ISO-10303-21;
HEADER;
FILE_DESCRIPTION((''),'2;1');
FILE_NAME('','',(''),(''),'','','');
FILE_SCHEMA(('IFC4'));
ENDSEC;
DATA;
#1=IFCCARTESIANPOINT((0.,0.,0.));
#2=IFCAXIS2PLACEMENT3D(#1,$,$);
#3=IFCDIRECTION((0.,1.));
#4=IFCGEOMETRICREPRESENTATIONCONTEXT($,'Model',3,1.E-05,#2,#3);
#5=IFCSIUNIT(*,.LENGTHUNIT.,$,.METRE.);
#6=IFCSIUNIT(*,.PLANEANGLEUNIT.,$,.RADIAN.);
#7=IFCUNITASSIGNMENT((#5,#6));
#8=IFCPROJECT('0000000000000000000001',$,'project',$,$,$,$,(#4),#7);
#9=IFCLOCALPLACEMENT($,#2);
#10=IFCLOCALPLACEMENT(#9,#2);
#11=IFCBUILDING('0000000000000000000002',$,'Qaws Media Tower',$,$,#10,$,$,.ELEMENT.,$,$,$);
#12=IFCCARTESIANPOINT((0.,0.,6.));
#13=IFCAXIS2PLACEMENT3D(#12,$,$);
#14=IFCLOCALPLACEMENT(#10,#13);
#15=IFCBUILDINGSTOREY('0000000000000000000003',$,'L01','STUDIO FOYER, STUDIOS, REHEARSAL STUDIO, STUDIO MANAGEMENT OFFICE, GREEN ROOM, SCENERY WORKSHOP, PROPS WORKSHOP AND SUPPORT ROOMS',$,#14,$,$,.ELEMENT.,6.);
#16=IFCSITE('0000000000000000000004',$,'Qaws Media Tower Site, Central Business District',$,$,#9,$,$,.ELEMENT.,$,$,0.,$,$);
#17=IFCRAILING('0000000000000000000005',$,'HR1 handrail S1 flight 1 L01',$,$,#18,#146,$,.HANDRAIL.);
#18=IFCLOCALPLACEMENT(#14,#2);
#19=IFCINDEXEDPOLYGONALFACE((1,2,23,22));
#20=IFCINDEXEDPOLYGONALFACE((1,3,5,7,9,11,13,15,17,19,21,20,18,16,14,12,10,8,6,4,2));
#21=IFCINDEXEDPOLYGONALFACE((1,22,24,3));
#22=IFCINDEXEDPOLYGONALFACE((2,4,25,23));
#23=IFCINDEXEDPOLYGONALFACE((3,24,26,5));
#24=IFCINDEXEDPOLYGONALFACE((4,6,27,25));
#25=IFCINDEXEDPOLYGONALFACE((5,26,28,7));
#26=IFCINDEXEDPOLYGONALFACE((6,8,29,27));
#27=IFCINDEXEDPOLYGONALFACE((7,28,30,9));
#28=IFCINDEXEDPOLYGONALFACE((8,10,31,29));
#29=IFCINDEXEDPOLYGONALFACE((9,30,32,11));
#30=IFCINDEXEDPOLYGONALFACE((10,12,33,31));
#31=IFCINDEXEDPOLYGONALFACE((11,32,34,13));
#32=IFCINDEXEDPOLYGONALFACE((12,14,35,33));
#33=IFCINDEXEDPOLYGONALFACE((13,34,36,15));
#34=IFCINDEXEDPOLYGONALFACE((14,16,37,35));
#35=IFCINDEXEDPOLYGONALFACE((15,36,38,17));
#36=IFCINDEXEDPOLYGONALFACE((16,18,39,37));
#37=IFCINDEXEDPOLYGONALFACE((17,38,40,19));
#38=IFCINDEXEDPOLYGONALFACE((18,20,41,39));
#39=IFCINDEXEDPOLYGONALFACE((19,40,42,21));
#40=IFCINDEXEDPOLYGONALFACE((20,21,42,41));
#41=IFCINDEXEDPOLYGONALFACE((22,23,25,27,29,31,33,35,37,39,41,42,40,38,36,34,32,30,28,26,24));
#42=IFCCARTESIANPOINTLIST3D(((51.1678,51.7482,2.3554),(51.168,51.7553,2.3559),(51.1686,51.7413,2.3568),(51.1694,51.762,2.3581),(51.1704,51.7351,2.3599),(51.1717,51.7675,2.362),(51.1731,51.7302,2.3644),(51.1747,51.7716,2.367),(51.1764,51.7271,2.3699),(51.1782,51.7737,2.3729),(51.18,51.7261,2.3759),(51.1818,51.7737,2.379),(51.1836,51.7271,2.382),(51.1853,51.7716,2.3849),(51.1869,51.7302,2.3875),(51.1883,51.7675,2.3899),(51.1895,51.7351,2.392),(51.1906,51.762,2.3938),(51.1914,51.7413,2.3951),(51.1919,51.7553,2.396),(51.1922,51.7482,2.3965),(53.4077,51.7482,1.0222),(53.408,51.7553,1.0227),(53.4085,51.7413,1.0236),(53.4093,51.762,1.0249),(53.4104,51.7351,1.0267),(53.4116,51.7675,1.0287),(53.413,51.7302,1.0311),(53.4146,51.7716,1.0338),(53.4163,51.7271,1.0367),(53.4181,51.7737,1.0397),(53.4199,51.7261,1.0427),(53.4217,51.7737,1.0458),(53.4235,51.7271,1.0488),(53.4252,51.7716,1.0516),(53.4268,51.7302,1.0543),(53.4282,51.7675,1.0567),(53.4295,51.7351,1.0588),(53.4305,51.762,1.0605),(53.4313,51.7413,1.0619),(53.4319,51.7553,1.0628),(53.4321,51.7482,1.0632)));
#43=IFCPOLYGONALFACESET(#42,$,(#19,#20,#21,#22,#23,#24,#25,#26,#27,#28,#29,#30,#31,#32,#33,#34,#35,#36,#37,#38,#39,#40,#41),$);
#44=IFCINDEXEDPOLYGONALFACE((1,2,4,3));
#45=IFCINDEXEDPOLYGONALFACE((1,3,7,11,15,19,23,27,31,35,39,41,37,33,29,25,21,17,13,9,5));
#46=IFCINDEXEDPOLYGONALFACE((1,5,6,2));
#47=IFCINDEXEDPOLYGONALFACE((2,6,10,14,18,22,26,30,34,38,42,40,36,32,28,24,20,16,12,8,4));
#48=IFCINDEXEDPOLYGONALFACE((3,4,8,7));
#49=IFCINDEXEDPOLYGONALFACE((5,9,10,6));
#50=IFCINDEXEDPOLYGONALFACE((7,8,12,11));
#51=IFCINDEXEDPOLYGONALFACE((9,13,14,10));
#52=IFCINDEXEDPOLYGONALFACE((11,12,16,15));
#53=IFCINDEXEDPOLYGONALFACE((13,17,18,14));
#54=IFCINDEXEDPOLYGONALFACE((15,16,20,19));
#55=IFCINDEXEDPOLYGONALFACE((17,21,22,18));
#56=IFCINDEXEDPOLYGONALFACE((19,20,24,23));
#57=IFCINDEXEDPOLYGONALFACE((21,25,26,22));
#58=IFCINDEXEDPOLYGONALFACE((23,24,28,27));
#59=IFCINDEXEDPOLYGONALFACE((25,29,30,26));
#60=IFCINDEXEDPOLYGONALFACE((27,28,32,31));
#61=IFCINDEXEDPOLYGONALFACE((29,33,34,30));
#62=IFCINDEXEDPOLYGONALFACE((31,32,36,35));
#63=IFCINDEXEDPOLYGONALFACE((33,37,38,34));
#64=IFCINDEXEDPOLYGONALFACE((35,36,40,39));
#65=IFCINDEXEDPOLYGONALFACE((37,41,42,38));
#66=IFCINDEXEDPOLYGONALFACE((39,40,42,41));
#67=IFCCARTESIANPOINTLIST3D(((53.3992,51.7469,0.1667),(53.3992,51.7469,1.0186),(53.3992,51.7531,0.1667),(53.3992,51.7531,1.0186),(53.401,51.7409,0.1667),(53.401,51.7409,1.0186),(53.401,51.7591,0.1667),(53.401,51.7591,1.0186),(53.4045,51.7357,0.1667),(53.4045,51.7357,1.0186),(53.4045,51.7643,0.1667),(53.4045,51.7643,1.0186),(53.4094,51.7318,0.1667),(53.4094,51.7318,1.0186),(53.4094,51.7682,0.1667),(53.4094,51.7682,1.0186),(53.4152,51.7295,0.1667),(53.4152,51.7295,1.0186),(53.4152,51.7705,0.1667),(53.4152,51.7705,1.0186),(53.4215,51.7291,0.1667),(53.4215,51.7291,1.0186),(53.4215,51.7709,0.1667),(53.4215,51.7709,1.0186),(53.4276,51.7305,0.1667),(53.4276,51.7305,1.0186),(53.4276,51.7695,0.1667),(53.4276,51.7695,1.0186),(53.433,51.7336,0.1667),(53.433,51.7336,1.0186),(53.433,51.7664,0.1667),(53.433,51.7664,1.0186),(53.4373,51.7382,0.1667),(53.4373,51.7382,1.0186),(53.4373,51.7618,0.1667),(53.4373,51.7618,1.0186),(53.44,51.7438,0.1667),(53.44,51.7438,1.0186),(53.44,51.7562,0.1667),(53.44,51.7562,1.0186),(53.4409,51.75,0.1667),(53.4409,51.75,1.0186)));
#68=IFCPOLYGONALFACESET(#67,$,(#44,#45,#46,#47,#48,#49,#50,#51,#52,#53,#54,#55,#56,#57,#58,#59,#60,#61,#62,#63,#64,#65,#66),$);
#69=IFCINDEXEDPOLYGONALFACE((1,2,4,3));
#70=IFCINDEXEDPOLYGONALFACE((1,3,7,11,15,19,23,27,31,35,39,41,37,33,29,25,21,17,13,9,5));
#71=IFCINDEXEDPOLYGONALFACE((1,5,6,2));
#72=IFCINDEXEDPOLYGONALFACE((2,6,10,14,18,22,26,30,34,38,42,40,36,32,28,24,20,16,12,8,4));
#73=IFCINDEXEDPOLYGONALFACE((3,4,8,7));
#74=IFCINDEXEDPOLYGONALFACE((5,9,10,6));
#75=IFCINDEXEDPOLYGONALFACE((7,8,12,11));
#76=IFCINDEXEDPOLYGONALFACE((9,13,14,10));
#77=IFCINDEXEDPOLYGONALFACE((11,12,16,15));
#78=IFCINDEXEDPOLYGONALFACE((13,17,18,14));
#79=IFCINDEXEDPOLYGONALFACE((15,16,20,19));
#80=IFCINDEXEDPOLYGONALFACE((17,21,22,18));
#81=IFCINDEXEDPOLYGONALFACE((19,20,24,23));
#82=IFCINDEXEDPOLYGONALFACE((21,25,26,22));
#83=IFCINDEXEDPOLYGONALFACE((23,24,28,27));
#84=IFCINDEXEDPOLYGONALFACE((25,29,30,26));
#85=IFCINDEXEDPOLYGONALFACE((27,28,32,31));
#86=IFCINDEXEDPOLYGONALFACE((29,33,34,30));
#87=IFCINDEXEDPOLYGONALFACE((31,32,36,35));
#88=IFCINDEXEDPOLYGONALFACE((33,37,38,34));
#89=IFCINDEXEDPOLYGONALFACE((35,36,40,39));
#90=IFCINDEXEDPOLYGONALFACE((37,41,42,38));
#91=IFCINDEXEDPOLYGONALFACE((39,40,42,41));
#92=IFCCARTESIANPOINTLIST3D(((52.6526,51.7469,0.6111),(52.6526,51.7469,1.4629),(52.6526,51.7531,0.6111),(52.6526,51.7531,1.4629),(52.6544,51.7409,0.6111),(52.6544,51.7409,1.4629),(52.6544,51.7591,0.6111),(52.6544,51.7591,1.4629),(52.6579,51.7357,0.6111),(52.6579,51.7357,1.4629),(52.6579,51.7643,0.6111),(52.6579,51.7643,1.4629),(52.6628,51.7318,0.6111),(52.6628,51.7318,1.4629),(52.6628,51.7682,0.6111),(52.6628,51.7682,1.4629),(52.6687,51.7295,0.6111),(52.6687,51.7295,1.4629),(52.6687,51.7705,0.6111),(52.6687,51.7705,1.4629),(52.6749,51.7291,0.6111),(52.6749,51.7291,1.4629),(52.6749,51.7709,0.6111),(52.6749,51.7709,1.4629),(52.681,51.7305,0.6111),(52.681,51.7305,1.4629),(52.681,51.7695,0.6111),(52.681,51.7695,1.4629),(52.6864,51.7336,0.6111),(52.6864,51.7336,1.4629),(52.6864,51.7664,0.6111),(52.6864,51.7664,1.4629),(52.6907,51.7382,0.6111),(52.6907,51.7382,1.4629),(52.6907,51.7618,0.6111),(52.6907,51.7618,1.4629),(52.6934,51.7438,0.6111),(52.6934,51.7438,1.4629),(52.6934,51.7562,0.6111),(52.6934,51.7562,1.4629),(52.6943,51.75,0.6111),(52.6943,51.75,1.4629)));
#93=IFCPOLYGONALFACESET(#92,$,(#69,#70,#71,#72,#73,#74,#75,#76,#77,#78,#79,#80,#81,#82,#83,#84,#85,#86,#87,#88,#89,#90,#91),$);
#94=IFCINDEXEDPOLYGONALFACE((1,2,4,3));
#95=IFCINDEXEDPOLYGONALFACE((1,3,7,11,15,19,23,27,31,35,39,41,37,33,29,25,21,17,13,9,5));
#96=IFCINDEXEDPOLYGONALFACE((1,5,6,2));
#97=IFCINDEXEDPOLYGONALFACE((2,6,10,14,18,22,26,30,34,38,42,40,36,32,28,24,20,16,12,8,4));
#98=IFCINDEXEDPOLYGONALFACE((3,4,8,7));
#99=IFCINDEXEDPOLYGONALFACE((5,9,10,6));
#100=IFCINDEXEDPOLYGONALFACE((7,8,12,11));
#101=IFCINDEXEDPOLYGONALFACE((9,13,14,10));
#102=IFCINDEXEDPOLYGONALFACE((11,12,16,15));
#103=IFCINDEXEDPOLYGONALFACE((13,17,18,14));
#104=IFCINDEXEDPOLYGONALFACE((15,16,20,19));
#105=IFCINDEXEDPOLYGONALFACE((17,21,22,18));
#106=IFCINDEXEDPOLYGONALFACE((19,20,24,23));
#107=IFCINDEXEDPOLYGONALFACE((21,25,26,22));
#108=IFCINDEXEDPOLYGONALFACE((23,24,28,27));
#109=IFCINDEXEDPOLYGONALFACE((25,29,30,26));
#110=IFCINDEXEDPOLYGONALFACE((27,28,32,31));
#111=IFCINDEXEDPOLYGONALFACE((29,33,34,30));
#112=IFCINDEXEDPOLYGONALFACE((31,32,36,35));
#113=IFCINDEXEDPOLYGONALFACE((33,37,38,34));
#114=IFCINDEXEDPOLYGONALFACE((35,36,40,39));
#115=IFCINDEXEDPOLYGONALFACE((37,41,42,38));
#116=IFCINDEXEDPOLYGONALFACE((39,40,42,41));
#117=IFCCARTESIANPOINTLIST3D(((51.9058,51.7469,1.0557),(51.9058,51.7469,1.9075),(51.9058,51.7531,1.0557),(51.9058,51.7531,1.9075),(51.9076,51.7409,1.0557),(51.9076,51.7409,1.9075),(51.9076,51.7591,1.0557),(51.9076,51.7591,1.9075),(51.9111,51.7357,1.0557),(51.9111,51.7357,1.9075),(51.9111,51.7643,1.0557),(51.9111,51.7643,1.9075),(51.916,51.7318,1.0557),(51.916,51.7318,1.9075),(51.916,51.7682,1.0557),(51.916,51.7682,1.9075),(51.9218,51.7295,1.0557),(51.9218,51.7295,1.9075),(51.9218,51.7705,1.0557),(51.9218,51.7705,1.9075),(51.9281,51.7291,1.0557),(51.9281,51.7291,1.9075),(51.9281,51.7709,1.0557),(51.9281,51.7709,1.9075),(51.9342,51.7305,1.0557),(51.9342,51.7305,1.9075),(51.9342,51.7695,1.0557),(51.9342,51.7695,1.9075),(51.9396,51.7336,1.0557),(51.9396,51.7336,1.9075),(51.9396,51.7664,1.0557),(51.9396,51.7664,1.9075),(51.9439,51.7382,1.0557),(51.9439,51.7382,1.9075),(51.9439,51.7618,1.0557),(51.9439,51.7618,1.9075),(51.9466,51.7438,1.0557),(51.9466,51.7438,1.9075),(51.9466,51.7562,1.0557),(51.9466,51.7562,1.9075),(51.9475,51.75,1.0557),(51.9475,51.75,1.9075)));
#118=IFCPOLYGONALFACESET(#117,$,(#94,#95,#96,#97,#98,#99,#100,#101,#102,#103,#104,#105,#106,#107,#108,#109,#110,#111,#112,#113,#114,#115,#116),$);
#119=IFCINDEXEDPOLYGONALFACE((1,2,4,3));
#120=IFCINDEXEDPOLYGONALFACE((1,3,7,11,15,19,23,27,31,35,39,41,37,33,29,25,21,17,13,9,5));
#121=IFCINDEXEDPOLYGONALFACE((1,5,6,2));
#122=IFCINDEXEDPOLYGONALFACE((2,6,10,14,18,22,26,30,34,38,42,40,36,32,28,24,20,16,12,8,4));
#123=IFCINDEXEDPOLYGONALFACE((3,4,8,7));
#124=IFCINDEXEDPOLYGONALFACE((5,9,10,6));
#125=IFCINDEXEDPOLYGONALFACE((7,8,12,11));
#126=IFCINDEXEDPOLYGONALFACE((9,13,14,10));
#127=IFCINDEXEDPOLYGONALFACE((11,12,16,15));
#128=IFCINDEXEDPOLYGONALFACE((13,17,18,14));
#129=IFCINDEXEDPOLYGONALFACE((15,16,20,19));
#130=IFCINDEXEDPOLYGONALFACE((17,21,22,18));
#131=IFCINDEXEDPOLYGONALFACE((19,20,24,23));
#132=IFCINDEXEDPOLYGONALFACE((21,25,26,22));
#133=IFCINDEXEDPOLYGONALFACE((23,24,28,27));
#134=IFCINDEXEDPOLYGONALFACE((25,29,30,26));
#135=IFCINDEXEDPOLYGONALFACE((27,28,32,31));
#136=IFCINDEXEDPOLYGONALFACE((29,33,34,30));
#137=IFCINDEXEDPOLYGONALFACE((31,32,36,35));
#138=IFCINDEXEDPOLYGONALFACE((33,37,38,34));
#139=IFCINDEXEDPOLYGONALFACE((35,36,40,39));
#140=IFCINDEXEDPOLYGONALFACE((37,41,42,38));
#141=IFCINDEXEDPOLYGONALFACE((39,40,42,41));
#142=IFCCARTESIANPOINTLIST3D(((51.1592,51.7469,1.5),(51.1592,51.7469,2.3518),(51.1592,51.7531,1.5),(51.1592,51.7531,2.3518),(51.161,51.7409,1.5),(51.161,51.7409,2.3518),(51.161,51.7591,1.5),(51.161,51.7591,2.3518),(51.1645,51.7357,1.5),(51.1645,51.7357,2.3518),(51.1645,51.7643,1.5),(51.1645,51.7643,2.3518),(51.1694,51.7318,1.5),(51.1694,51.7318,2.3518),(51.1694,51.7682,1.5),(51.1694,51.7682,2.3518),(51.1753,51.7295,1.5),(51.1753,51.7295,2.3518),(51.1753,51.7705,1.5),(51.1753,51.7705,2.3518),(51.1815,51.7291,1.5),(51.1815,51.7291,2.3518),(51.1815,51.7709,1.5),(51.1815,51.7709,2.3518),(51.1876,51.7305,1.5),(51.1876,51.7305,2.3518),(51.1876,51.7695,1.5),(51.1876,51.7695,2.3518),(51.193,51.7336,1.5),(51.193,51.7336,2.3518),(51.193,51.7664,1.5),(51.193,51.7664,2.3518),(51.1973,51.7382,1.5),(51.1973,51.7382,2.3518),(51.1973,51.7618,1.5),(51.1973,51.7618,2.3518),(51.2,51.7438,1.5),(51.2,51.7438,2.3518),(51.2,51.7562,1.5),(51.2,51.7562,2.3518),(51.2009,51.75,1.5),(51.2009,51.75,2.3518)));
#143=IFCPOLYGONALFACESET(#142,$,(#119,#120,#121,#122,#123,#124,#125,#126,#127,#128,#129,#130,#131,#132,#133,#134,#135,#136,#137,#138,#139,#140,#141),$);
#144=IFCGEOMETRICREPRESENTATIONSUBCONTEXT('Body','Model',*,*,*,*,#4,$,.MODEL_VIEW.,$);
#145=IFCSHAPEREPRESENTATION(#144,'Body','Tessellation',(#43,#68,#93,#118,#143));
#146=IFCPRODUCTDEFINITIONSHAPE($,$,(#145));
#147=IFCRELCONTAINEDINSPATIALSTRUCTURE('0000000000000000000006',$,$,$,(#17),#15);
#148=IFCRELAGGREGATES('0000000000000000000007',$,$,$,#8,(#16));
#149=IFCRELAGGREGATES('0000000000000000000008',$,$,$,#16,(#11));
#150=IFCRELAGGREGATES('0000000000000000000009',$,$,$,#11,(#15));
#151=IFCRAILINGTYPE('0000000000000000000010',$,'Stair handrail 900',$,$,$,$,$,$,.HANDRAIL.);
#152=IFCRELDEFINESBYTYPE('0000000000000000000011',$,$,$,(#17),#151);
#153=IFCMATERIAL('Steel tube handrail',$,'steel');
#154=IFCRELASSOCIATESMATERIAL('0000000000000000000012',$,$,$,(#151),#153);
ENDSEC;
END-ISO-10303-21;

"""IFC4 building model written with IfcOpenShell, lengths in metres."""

from ifc_helpers import new_model, si_unit, direction, frame, origin, origin_2d, place, context, subcontext, project, spatial, circle, extrude, material, type_object, element, save


model = new_model("IFC4")

# Units and contexts
model_context = context("Model", 3, precision=1e-05, world=origin(), true_north=direction((0.0, 1.0)))
body_context = subcontext(model_context, "Body", "Model", "MODEL_VIEW")
ifc_project = project(units=[si_unit("LENGTHUNIT", "METRE"), si_unit("PLANEANGLEUNIT", "RADIAN")], contexts=[model_context])

# Site, building, storey
site_placement = place(None, origin())
site = spatial("IfcSite", under=ifc_project, at=site_placement, Name="Qaws Media Tower Site, Central Business District", CompositionType="ELEMENT", RefElevation=0.0)
building_placement = place(site_placement, origin())
building = spatial("IfcBuilding", under=site, at=building_placement, Name="Qaws Media Tower", CompositionType="ELEMENT")
storey_placement = place(building_placement, frame((0.0, 0.0, 6.0)))
storey = spatial("IfcBuildingStorey", under=building, at=storey_placement, Name="L01", Description="STUDIO FOYER, STUDIOS, REHEARSAL STUDIO, STUDIO MANAGEMENT OFFICE, GREEN ROOM, SCENERY WORKSHOP, PROPS WORKSHOP AND SUPPORT ROOMS", CompositionType="ELEMENT", Elevation=6.0)

# Railing
ifc_material_1 = material(Name="Steel tube handrail", Category="steel")
railing_type = type_object("IfcRailingType", Name="Stair handrail 900", PredefinedType="HANDRAIL", material=ifc_material_1)
for number, where, name in (
    (1, (53.4199, 51.75, 0.1667), "HR1 handrail S1 flight 1 L01"),
):
    element("IfcRailing", number, at=place(storey_placement, frame(where)), inside=storey, type_object=railing_type, Name=name, PredefinedType="HANDRAIL", context=body_context, shape_type="SweptSolid", body=[
        extrude(circle(Radius=0.0239, at=origin_2d()), frame((0.0, 0.0, 0.876), z_axis=(-0.859306, 0.0, 0.511462), x_axis=(0.0, -1.0, 0.0)), (0.0, 0.0, 1.0), 2.6067),
        extrude(circle(Radius=0.021, at=origin_2d()), origin(), (0.0, 0.0, 1.0), 0.8518),
        extrude(circle(Radius=0.021, at=origin_2d()), frame((-0.7466, 0.0, 0.4443)), (0.0, 0.0, 1.0), 0.8518),
        extrude(circle(Radius=0.021, at=origin_2d()), frame((-1.4934, 0.0, 0.8889)), (0.0, 0.0, 1.0), 0.8518),
        extrude(circle(Radius=0.021, at=origin_2d()), frame((-2.24, 0.0, 1.3333)), (0.0, 0.0, 1.0), 0.8518),
    ])

save(model, "model.ifc")
